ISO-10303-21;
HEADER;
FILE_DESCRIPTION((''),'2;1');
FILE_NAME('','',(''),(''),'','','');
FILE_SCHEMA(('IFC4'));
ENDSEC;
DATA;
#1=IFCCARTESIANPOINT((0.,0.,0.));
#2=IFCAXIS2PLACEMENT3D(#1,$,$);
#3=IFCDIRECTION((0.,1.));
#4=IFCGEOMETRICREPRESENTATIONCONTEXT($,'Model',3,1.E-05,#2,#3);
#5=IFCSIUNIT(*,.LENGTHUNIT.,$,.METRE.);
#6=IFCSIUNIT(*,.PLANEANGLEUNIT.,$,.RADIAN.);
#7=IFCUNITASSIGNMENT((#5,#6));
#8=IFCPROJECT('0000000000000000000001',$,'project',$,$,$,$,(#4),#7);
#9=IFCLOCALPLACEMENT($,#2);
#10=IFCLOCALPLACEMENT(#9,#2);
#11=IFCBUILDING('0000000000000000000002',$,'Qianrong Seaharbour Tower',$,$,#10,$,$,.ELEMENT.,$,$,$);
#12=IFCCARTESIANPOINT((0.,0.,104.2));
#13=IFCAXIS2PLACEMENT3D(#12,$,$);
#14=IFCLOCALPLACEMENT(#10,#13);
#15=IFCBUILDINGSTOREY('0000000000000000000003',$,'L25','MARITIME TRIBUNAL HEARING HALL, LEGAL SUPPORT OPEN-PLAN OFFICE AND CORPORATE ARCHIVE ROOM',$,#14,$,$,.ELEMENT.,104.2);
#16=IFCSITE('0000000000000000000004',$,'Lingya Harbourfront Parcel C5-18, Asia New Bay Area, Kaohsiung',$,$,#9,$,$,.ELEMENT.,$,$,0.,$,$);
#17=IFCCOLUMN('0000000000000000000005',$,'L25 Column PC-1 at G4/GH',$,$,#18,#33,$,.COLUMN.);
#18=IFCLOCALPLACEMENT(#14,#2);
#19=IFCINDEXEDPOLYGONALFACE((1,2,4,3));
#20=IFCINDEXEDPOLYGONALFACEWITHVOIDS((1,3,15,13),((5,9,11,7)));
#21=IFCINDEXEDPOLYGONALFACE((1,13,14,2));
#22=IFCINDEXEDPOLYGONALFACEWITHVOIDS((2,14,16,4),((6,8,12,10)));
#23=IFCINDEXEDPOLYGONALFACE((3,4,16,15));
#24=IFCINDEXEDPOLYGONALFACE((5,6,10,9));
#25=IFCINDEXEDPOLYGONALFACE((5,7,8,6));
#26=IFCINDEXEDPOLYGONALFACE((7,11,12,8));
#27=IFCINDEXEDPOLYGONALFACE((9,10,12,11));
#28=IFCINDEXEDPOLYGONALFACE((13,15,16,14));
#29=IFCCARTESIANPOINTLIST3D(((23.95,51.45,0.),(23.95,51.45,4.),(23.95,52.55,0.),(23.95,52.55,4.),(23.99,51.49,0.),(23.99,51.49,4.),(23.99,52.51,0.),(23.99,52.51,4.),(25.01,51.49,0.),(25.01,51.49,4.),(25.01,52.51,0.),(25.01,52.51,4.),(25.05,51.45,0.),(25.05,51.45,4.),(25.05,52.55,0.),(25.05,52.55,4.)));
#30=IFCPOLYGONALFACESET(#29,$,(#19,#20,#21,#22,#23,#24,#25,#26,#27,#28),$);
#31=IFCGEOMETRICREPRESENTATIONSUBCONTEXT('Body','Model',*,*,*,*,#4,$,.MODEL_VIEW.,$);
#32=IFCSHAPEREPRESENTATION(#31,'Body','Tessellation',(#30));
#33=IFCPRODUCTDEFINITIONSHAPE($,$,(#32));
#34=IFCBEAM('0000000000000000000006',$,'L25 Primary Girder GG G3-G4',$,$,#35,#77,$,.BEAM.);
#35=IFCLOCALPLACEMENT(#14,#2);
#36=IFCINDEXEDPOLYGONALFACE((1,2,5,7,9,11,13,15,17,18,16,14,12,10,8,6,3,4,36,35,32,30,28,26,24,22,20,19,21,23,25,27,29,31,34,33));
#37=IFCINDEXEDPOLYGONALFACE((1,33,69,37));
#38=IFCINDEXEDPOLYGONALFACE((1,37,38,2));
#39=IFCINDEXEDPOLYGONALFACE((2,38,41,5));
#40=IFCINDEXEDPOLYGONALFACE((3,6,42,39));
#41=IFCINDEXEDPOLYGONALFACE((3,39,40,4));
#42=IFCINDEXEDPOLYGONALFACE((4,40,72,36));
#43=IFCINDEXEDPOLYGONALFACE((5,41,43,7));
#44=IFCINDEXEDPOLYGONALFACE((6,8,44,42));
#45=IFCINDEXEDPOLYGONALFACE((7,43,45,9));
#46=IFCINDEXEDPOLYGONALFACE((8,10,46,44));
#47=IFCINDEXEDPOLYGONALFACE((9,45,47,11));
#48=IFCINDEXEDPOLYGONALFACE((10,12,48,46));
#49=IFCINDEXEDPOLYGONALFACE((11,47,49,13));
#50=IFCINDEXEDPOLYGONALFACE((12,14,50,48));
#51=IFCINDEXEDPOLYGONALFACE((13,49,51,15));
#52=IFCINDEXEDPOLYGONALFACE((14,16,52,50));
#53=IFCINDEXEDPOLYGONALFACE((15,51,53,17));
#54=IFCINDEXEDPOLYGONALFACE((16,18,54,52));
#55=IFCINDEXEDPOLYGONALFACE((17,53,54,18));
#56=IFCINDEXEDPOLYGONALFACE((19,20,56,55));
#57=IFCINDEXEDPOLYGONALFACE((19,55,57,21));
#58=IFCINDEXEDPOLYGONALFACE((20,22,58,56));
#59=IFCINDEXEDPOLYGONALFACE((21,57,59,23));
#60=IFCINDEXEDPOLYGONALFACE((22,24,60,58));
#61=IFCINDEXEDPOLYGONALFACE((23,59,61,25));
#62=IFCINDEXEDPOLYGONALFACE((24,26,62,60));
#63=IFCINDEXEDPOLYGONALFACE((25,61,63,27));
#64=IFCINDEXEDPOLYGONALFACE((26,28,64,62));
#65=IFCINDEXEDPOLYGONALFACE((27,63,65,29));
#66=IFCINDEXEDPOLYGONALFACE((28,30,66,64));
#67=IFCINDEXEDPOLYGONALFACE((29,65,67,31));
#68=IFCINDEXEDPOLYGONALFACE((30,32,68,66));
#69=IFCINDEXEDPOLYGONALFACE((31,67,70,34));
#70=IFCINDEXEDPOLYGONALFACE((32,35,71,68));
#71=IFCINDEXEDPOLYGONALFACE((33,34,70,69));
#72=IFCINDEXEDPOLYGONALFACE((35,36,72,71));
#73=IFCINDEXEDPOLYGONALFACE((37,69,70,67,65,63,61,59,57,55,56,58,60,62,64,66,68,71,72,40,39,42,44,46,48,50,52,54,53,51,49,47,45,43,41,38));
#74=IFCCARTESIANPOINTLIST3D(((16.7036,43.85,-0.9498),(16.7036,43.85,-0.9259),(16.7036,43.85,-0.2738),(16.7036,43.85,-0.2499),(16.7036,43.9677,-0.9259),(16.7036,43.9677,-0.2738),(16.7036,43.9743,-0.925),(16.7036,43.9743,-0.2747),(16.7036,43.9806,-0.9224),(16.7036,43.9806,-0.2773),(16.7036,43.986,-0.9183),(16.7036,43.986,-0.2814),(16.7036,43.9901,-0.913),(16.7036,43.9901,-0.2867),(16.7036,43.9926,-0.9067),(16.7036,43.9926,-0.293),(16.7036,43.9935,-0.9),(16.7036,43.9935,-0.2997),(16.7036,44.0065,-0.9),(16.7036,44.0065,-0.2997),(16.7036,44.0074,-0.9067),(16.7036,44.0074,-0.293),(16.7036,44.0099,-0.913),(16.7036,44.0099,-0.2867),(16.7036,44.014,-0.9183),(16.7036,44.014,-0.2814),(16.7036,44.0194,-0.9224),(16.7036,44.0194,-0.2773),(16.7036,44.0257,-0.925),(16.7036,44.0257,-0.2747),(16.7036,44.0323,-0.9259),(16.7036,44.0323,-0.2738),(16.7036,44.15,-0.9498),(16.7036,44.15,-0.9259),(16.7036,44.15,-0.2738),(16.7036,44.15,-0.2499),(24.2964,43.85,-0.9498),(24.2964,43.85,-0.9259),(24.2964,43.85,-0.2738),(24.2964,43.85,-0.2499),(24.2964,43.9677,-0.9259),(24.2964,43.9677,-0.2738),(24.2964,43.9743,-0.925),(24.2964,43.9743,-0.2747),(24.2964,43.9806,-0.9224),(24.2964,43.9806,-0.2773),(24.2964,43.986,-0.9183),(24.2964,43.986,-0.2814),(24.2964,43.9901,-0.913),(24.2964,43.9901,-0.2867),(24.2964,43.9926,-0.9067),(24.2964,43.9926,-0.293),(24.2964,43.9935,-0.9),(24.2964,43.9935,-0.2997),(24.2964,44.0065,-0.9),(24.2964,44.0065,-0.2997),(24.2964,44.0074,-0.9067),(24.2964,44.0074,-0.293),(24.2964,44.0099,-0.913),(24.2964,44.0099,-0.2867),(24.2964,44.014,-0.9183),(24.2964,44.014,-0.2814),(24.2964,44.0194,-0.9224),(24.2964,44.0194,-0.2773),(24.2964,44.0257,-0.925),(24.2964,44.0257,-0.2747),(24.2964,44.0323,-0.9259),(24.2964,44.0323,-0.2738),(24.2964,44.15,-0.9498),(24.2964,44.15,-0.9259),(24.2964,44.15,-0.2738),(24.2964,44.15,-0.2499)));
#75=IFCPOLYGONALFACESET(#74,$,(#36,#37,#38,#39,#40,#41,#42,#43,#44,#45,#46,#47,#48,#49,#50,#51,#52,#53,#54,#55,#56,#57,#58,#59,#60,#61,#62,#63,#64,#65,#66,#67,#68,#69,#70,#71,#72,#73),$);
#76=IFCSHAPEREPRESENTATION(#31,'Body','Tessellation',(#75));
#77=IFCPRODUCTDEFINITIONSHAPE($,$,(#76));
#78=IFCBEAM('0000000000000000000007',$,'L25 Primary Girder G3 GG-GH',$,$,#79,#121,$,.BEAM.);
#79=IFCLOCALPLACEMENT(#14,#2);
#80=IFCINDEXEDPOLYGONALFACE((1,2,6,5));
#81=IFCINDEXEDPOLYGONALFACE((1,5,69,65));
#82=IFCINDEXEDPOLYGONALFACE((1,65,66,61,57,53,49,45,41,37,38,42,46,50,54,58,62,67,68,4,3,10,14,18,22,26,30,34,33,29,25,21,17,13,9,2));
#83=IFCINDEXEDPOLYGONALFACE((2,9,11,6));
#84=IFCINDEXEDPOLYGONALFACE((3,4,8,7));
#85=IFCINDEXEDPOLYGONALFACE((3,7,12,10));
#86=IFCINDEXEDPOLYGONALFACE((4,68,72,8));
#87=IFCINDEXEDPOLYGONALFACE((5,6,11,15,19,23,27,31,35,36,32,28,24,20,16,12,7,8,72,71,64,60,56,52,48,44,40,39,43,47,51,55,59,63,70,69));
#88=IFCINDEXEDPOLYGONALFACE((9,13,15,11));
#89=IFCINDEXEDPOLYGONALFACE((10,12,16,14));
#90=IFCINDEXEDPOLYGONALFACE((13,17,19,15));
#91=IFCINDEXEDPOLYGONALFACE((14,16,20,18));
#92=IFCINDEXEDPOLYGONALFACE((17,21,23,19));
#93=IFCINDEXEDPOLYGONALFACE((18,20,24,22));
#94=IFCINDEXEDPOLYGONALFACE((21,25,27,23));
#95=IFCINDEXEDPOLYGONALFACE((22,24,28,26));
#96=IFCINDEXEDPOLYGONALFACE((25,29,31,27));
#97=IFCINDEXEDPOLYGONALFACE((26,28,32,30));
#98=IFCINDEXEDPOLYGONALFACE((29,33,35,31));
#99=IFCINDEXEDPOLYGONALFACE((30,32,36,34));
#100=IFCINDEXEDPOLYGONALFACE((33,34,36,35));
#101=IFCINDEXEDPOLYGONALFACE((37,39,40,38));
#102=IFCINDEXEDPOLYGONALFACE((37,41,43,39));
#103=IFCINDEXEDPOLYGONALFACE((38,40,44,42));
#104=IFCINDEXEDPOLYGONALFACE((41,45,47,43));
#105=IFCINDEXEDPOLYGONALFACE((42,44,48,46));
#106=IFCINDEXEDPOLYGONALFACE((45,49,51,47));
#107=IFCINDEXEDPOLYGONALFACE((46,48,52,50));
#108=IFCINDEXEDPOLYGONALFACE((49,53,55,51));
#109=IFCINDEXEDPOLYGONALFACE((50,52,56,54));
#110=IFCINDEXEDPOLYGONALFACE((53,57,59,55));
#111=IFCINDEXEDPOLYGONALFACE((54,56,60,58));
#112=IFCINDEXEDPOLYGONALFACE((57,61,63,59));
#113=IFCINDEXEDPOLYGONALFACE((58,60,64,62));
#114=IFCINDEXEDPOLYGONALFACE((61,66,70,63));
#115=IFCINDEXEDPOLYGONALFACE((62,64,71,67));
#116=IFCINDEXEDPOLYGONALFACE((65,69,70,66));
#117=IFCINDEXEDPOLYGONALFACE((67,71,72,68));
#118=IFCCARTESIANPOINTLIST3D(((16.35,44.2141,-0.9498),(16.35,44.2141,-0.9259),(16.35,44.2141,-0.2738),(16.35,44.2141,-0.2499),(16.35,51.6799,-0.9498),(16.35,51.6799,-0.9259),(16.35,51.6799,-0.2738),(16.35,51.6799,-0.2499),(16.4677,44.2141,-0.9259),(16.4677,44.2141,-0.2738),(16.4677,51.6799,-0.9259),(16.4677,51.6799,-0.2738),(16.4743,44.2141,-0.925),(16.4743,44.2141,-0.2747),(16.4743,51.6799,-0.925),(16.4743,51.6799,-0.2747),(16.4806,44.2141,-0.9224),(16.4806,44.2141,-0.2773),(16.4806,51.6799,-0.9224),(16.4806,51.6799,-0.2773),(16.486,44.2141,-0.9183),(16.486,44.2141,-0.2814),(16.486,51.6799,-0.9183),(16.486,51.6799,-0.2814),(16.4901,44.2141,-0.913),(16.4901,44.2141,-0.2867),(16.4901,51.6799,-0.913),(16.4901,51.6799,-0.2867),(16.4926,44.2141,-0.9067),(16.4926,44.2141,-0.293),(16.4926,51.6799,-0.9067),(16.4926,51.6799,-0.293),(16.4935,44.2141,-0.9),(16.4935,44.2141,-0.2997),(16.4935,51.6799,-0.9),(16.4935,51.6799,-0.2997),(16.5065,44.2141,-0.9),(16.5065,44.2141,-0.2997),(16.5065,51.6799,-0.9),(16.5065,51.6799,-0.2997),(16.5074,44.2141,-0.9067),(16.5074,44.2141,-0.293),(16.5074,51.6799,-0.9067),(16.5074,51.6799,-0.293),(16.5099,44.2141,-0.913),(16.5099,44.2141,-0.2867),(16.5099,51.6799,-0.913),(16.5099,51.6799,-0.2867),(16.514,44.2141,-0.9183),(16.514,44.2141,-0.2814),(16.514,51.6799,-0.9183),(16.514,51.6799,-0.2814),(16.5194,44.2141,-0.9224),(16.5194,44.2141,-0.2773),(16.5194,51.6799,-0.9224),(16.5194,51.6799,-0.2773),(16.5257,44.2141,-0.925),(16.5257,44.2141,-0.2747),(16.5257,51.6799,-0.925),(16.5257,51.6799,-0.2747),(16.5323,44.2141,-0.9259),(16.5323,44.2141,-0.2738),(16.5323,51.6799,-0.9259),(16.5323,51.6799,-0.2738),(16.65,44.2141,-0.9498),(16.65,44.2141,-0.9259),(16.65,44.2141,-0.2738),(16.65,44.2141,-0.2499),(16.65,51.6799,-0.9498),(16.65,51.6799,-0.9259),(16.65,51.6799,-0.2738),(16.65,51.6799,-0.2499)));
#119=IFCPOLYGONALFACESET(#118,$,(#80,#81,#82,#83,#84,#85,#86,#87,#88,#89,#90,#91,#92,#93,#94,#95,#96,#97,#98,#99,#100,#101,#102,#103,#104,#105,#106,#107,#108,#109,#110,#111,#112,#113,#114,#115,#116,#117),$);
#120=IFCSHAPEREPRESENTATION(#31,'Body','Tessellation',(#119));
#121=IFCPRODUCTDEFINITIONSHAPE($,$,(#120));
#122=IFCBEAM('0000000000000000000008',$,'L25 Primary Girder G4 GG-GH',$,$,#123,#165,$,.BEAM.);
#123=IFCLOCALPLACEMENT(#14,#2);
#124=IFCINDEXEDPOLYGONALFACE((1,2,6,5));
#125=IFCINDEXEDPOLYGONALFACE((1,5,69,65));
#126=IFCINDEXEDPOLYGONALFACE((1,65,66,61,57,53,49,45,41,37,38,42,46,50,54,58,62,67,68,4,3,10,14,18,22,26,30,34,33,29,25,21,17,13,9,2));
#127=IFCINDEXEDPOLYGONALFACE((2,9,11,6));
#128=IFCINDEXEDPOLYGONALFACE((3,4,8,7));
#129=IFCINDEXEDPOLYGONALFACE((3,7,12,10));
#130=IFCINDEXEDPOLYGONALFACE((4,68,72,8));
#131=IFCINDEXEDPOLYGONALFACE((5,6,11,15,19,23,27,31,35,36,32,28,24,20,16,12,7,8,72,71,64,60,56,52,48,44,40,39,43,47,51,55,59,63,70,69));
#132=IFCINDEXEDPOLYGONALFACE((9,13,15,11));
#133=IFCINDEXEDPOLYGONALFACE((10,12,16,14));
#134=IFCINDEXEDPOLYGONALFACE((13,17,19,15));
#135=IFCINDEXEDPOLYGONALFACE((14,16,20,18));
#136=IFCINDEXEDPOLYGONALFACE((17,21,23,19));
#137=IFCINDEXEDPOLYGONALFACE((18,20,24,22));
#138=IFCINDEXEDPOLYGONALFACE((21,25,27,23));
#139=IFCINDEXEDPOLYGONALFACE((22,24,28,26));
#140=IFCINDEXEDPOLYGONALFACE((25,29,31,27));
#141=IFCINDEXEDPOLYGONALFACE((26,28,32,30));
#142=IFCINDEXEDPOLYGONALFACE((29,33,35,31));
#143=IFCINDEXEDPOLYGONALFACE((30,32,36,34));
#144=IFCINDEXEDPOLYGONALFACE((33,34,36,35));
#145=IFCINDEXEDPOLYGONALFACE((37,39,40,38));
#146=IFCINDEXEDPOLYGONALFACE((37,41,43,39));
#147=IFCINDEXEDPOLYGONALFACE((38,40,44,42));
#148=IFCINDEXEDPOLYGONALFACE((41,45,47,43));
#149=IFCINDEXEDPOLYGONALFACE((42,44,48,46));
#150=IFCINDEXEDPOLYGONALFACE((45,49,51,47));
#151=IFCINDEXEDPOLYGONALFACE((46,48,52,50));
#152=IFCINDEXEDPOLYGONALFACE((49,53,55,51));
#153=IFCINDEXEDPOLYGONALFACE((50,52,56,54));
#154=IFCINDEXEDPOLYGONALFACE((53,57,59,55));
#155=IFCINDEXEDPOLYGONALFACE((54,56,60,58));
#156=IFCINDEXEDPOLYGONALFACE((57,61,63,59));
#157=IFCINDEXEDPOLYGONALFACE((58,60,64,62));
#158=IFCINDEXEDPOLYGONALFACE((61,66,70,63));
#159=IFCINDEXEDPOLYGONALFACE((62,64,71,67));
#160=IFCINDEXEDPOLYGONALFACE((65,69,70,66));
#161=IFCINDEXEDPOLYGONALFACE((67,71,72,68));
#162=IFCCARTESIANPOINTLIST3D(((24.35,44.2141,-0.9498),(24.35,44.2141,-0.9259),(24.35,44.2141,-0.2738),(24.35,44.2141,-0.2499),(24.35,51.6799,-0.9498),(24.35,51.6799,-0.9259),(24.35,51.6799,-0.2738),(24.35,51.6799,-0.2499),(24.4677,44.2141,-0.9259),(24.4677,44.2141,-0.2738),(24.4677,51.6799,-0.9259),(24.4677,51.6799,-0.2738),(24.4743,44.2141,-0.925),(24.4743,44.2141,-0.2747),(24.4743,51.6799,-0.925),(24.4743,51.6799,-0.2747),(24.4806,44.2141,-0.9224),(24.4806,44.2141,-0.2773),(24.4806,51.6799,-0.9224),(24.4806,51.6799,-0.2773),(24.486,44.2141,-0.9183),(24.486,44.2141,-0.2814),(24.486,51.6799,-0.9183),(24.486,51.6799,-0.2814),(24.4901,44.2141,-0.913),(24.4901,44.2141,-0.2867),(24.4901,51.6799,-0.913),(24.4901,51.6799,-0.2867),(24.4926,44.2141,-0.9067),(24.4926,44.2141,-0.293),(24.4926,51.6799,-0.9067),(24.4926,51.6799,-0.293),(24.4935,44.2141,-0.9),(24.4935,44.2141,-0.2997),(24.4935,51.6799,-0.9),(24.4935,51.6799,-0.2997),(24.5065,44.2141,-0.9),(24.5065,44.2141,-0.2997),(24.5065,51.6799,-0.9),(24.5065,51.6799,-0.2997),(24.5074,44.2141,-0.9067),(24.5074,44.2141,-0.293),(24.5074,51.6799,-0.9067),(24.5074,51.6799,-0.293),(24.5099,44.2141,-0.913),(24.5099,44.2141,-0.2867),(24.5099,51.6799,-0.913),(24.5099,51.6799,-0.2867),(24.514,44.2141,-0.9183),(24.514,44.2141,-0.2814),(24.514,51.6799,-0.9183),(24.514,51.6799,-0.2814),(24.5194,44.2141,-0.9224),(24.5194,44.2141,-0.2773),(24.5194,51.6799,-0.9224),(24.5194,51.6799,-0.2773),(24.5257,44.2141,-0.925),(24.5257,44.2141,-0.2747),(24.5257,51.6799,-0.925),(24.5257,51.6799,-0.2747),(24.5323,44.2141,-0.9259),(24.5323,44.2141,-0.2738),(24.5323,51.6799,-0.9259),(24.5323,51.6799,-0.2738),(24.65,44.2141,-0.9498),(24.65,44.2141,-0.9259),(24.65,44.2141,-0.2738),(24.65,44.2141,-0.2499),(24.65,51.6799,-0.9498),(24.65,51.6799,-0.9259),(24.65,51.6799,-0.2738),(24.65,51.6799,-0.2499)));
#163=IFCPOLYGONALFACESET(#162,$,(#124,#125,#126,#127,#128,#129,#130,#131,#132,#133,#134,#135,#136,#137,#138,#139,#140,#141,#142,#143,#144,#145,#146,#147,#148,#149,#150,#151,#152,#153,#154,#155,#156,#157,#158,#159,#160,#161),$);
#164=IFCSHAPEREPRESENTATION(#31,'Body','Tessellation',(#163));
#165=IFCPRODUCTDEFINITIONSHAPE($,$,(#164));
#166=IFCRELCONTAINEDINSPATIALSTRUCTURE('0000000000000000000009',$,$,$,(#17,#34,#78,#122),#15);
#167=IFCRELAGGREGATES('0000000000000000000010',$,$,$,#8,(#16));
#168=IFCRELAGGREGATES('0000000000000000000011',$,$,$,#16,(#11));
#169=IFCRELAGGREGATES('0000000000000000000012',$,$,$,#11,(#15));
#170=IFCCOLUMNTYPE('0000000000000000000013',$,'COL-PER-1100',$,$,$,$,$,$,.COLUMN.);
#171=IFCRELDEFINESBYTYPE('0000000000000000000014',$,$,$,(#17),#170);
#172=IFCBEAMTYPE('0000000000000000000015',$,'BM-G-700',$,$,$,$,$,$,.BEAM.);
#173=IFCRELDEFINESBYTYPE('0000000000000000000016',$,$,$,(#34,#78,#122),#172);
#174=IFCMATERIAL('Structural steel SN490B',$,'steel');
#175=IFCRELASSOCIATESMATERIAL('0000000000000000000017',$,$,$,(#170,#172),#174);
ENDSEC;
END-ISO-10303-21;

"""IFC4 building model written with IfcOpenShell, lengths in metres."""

from ifc_helpers import new_model, si_unit, direction, frame, origin, origin_2d, place, context, subcontext, project, spatial, hollow_rectangle, i_section, extrude, material, material_profile, profile_set, type_object, element, save


model = new_model("IFC4")

# Units and contexts
model_context = context("Model", 3, precision=1e-05, world=origin(), true_north=direction((0.0, 1.0)))
body_context = subcontext(model_context, "Body", "Model", "MODEL_VIEW")
ifc_project = project(units=[si_unit("LENGTHUNIT", "METRE"), si_unit("PLANEANGLEUNIT", "RADIAN")], contexts=[model_context])

# Site, building, storey
site_placement = place(None, origin())
site = spatial("IfcSite", under=ifc_project, at=site_placement, Name="Lingya Harbourfront Parcel C5-18, Asia New Bay Area, Kaohsiung", CompositionType="ELEMENT", RefElevation=0.0)
building_placement = place(site_placement, origin())
building = spatial("IfcBuilding", under=site, at=building_placement, Name="Qianrong Seaharbour Tower", CompositionType="ELEMENT")
storey_placement = place(building_placement, frame((0.0, 0.0, 104.2)))
storey = spatial("IfcBuildingStorey", under=building, at=storey_placement, Name="L25", Description="MARITIME TRIBUNAL HEARING HALL, LEGAL SUPPORT OPEN-PLAN OFFICE AND CORPORATE ARCHIVE ROOM", CompositionType="ELEMENT", Elevation=104.2)

# Column
ifc_material_1 = material(Name="Structural steel SN490B", Category="steel")
ifc_material_profile_1 = material_profile(ifc_material_1, hollow_rectangle(XDim=1.1001, YDim=1.1001, WallThickness=0.04, at=origin_2d()), Name="BOX1100x1100x40")
ifc_profile_set_1 = profile_set([ifc_material_profile_1], Name="Structural steel SN490B")
column_type_1 = type_object("IfcColumnType", Name="COL-PER-1100", PredefinedType="COLUMN", material=ifc_profile_set_1)
column_1_placement = place(storey_placement, frame((24.5, 52.0, 0.0), z_axis=(0.0, 0.0, 1.0), x_axis=(1.0, 0.0, 0.0)))
element("IfcColumn", 1, at=column_1_placement, inside=storey, type_object=column_type_1, Name="L25 Column PC-1 at G4/GH", PredefinedType="COLUMN", context=body_context, shape_type="SweptSolid", body=[
    extrude(hollow_rectangle(XDim=1.1001, YDim=1.1001, WallThickness=0.04, at=origin_2d()), origin(), (0.0, 0.0, 1.0), 4.0),
])

# Beams
ifc_material_profile_2 = material_profile(ifc_material_1, i_section(OverallWidth=0.3, OverallDepth=0.7, WebThickness=0.0129, FlangeThickness=0.0239, FilletRadius=0.0259, at=origin_2d()), Name="H700x300x13x24")
ifc_profile_set_2 = profile_set([ifc_material_profile_2], Name="Structural steel SN490B")
beam_type_1 = type_object("IfcBeamType", Name="BM-G-700", PredefinedType="BEAM", material=ifc_profile_set_2)
beam_1_placement = place(storey_placement, frame((16.7036, 44.0, -0.5999), z_axis=(1.0, 0.0, 0.0), x_axis=(0.0, 1.0, 0.0)))
element("IfcBeam", 2, at=beam_1_placement, inside=storey, type_object=beam_type_1, Name="L25 Primary Girder GG G3-G4", PredefinedType="BEAM", context=body_context, shape_type="SweptSolid", body=[
    extrude(i_section(OverallWidth=0.3, OverallDepth=0.7, WebThickness=0.0129, FlangeThickness=0.0239, FilletRadius=0.0259, at=origin_2d()), origin(), (0.0, 0.0, 1.0), 7.5928),
])
for number, where, z_axis, x_axis, name in (
    (3, (16.5, 44.2141, -0.5999), (0.0, 1.0, 0.0), (-1.0, 0.0, 0.0), "L25 Primary Girder G3 GG-GH"),
    (4, (24.5, 44.2141, -0.5999), (0.0, 1.0, 0.0), (-1.0, 0.0, 0.0), "L25 Primary Girder G4 GG-GH"),
):
    element("IfcBeam", number, at=place(storey_placement, frame(where, z_axis=z_axis, x_axis=x_axis)), inside=storey, type_object=beam_type_1, Name=name, PredefinedType="BEAM", context=body_context, shape_type="SweptSolid", body=[
        extrude(i_section(OverallWidth=0.3, OverallDepth=0.7, WebThickness=0.0129, FlangeThickness=0.0239, FilletRadius=0.0259, at=origin_2d()), origin(), (0.0, 0.0, 1.0), 7.4658),
    ])

save(model, "model.ifc")
